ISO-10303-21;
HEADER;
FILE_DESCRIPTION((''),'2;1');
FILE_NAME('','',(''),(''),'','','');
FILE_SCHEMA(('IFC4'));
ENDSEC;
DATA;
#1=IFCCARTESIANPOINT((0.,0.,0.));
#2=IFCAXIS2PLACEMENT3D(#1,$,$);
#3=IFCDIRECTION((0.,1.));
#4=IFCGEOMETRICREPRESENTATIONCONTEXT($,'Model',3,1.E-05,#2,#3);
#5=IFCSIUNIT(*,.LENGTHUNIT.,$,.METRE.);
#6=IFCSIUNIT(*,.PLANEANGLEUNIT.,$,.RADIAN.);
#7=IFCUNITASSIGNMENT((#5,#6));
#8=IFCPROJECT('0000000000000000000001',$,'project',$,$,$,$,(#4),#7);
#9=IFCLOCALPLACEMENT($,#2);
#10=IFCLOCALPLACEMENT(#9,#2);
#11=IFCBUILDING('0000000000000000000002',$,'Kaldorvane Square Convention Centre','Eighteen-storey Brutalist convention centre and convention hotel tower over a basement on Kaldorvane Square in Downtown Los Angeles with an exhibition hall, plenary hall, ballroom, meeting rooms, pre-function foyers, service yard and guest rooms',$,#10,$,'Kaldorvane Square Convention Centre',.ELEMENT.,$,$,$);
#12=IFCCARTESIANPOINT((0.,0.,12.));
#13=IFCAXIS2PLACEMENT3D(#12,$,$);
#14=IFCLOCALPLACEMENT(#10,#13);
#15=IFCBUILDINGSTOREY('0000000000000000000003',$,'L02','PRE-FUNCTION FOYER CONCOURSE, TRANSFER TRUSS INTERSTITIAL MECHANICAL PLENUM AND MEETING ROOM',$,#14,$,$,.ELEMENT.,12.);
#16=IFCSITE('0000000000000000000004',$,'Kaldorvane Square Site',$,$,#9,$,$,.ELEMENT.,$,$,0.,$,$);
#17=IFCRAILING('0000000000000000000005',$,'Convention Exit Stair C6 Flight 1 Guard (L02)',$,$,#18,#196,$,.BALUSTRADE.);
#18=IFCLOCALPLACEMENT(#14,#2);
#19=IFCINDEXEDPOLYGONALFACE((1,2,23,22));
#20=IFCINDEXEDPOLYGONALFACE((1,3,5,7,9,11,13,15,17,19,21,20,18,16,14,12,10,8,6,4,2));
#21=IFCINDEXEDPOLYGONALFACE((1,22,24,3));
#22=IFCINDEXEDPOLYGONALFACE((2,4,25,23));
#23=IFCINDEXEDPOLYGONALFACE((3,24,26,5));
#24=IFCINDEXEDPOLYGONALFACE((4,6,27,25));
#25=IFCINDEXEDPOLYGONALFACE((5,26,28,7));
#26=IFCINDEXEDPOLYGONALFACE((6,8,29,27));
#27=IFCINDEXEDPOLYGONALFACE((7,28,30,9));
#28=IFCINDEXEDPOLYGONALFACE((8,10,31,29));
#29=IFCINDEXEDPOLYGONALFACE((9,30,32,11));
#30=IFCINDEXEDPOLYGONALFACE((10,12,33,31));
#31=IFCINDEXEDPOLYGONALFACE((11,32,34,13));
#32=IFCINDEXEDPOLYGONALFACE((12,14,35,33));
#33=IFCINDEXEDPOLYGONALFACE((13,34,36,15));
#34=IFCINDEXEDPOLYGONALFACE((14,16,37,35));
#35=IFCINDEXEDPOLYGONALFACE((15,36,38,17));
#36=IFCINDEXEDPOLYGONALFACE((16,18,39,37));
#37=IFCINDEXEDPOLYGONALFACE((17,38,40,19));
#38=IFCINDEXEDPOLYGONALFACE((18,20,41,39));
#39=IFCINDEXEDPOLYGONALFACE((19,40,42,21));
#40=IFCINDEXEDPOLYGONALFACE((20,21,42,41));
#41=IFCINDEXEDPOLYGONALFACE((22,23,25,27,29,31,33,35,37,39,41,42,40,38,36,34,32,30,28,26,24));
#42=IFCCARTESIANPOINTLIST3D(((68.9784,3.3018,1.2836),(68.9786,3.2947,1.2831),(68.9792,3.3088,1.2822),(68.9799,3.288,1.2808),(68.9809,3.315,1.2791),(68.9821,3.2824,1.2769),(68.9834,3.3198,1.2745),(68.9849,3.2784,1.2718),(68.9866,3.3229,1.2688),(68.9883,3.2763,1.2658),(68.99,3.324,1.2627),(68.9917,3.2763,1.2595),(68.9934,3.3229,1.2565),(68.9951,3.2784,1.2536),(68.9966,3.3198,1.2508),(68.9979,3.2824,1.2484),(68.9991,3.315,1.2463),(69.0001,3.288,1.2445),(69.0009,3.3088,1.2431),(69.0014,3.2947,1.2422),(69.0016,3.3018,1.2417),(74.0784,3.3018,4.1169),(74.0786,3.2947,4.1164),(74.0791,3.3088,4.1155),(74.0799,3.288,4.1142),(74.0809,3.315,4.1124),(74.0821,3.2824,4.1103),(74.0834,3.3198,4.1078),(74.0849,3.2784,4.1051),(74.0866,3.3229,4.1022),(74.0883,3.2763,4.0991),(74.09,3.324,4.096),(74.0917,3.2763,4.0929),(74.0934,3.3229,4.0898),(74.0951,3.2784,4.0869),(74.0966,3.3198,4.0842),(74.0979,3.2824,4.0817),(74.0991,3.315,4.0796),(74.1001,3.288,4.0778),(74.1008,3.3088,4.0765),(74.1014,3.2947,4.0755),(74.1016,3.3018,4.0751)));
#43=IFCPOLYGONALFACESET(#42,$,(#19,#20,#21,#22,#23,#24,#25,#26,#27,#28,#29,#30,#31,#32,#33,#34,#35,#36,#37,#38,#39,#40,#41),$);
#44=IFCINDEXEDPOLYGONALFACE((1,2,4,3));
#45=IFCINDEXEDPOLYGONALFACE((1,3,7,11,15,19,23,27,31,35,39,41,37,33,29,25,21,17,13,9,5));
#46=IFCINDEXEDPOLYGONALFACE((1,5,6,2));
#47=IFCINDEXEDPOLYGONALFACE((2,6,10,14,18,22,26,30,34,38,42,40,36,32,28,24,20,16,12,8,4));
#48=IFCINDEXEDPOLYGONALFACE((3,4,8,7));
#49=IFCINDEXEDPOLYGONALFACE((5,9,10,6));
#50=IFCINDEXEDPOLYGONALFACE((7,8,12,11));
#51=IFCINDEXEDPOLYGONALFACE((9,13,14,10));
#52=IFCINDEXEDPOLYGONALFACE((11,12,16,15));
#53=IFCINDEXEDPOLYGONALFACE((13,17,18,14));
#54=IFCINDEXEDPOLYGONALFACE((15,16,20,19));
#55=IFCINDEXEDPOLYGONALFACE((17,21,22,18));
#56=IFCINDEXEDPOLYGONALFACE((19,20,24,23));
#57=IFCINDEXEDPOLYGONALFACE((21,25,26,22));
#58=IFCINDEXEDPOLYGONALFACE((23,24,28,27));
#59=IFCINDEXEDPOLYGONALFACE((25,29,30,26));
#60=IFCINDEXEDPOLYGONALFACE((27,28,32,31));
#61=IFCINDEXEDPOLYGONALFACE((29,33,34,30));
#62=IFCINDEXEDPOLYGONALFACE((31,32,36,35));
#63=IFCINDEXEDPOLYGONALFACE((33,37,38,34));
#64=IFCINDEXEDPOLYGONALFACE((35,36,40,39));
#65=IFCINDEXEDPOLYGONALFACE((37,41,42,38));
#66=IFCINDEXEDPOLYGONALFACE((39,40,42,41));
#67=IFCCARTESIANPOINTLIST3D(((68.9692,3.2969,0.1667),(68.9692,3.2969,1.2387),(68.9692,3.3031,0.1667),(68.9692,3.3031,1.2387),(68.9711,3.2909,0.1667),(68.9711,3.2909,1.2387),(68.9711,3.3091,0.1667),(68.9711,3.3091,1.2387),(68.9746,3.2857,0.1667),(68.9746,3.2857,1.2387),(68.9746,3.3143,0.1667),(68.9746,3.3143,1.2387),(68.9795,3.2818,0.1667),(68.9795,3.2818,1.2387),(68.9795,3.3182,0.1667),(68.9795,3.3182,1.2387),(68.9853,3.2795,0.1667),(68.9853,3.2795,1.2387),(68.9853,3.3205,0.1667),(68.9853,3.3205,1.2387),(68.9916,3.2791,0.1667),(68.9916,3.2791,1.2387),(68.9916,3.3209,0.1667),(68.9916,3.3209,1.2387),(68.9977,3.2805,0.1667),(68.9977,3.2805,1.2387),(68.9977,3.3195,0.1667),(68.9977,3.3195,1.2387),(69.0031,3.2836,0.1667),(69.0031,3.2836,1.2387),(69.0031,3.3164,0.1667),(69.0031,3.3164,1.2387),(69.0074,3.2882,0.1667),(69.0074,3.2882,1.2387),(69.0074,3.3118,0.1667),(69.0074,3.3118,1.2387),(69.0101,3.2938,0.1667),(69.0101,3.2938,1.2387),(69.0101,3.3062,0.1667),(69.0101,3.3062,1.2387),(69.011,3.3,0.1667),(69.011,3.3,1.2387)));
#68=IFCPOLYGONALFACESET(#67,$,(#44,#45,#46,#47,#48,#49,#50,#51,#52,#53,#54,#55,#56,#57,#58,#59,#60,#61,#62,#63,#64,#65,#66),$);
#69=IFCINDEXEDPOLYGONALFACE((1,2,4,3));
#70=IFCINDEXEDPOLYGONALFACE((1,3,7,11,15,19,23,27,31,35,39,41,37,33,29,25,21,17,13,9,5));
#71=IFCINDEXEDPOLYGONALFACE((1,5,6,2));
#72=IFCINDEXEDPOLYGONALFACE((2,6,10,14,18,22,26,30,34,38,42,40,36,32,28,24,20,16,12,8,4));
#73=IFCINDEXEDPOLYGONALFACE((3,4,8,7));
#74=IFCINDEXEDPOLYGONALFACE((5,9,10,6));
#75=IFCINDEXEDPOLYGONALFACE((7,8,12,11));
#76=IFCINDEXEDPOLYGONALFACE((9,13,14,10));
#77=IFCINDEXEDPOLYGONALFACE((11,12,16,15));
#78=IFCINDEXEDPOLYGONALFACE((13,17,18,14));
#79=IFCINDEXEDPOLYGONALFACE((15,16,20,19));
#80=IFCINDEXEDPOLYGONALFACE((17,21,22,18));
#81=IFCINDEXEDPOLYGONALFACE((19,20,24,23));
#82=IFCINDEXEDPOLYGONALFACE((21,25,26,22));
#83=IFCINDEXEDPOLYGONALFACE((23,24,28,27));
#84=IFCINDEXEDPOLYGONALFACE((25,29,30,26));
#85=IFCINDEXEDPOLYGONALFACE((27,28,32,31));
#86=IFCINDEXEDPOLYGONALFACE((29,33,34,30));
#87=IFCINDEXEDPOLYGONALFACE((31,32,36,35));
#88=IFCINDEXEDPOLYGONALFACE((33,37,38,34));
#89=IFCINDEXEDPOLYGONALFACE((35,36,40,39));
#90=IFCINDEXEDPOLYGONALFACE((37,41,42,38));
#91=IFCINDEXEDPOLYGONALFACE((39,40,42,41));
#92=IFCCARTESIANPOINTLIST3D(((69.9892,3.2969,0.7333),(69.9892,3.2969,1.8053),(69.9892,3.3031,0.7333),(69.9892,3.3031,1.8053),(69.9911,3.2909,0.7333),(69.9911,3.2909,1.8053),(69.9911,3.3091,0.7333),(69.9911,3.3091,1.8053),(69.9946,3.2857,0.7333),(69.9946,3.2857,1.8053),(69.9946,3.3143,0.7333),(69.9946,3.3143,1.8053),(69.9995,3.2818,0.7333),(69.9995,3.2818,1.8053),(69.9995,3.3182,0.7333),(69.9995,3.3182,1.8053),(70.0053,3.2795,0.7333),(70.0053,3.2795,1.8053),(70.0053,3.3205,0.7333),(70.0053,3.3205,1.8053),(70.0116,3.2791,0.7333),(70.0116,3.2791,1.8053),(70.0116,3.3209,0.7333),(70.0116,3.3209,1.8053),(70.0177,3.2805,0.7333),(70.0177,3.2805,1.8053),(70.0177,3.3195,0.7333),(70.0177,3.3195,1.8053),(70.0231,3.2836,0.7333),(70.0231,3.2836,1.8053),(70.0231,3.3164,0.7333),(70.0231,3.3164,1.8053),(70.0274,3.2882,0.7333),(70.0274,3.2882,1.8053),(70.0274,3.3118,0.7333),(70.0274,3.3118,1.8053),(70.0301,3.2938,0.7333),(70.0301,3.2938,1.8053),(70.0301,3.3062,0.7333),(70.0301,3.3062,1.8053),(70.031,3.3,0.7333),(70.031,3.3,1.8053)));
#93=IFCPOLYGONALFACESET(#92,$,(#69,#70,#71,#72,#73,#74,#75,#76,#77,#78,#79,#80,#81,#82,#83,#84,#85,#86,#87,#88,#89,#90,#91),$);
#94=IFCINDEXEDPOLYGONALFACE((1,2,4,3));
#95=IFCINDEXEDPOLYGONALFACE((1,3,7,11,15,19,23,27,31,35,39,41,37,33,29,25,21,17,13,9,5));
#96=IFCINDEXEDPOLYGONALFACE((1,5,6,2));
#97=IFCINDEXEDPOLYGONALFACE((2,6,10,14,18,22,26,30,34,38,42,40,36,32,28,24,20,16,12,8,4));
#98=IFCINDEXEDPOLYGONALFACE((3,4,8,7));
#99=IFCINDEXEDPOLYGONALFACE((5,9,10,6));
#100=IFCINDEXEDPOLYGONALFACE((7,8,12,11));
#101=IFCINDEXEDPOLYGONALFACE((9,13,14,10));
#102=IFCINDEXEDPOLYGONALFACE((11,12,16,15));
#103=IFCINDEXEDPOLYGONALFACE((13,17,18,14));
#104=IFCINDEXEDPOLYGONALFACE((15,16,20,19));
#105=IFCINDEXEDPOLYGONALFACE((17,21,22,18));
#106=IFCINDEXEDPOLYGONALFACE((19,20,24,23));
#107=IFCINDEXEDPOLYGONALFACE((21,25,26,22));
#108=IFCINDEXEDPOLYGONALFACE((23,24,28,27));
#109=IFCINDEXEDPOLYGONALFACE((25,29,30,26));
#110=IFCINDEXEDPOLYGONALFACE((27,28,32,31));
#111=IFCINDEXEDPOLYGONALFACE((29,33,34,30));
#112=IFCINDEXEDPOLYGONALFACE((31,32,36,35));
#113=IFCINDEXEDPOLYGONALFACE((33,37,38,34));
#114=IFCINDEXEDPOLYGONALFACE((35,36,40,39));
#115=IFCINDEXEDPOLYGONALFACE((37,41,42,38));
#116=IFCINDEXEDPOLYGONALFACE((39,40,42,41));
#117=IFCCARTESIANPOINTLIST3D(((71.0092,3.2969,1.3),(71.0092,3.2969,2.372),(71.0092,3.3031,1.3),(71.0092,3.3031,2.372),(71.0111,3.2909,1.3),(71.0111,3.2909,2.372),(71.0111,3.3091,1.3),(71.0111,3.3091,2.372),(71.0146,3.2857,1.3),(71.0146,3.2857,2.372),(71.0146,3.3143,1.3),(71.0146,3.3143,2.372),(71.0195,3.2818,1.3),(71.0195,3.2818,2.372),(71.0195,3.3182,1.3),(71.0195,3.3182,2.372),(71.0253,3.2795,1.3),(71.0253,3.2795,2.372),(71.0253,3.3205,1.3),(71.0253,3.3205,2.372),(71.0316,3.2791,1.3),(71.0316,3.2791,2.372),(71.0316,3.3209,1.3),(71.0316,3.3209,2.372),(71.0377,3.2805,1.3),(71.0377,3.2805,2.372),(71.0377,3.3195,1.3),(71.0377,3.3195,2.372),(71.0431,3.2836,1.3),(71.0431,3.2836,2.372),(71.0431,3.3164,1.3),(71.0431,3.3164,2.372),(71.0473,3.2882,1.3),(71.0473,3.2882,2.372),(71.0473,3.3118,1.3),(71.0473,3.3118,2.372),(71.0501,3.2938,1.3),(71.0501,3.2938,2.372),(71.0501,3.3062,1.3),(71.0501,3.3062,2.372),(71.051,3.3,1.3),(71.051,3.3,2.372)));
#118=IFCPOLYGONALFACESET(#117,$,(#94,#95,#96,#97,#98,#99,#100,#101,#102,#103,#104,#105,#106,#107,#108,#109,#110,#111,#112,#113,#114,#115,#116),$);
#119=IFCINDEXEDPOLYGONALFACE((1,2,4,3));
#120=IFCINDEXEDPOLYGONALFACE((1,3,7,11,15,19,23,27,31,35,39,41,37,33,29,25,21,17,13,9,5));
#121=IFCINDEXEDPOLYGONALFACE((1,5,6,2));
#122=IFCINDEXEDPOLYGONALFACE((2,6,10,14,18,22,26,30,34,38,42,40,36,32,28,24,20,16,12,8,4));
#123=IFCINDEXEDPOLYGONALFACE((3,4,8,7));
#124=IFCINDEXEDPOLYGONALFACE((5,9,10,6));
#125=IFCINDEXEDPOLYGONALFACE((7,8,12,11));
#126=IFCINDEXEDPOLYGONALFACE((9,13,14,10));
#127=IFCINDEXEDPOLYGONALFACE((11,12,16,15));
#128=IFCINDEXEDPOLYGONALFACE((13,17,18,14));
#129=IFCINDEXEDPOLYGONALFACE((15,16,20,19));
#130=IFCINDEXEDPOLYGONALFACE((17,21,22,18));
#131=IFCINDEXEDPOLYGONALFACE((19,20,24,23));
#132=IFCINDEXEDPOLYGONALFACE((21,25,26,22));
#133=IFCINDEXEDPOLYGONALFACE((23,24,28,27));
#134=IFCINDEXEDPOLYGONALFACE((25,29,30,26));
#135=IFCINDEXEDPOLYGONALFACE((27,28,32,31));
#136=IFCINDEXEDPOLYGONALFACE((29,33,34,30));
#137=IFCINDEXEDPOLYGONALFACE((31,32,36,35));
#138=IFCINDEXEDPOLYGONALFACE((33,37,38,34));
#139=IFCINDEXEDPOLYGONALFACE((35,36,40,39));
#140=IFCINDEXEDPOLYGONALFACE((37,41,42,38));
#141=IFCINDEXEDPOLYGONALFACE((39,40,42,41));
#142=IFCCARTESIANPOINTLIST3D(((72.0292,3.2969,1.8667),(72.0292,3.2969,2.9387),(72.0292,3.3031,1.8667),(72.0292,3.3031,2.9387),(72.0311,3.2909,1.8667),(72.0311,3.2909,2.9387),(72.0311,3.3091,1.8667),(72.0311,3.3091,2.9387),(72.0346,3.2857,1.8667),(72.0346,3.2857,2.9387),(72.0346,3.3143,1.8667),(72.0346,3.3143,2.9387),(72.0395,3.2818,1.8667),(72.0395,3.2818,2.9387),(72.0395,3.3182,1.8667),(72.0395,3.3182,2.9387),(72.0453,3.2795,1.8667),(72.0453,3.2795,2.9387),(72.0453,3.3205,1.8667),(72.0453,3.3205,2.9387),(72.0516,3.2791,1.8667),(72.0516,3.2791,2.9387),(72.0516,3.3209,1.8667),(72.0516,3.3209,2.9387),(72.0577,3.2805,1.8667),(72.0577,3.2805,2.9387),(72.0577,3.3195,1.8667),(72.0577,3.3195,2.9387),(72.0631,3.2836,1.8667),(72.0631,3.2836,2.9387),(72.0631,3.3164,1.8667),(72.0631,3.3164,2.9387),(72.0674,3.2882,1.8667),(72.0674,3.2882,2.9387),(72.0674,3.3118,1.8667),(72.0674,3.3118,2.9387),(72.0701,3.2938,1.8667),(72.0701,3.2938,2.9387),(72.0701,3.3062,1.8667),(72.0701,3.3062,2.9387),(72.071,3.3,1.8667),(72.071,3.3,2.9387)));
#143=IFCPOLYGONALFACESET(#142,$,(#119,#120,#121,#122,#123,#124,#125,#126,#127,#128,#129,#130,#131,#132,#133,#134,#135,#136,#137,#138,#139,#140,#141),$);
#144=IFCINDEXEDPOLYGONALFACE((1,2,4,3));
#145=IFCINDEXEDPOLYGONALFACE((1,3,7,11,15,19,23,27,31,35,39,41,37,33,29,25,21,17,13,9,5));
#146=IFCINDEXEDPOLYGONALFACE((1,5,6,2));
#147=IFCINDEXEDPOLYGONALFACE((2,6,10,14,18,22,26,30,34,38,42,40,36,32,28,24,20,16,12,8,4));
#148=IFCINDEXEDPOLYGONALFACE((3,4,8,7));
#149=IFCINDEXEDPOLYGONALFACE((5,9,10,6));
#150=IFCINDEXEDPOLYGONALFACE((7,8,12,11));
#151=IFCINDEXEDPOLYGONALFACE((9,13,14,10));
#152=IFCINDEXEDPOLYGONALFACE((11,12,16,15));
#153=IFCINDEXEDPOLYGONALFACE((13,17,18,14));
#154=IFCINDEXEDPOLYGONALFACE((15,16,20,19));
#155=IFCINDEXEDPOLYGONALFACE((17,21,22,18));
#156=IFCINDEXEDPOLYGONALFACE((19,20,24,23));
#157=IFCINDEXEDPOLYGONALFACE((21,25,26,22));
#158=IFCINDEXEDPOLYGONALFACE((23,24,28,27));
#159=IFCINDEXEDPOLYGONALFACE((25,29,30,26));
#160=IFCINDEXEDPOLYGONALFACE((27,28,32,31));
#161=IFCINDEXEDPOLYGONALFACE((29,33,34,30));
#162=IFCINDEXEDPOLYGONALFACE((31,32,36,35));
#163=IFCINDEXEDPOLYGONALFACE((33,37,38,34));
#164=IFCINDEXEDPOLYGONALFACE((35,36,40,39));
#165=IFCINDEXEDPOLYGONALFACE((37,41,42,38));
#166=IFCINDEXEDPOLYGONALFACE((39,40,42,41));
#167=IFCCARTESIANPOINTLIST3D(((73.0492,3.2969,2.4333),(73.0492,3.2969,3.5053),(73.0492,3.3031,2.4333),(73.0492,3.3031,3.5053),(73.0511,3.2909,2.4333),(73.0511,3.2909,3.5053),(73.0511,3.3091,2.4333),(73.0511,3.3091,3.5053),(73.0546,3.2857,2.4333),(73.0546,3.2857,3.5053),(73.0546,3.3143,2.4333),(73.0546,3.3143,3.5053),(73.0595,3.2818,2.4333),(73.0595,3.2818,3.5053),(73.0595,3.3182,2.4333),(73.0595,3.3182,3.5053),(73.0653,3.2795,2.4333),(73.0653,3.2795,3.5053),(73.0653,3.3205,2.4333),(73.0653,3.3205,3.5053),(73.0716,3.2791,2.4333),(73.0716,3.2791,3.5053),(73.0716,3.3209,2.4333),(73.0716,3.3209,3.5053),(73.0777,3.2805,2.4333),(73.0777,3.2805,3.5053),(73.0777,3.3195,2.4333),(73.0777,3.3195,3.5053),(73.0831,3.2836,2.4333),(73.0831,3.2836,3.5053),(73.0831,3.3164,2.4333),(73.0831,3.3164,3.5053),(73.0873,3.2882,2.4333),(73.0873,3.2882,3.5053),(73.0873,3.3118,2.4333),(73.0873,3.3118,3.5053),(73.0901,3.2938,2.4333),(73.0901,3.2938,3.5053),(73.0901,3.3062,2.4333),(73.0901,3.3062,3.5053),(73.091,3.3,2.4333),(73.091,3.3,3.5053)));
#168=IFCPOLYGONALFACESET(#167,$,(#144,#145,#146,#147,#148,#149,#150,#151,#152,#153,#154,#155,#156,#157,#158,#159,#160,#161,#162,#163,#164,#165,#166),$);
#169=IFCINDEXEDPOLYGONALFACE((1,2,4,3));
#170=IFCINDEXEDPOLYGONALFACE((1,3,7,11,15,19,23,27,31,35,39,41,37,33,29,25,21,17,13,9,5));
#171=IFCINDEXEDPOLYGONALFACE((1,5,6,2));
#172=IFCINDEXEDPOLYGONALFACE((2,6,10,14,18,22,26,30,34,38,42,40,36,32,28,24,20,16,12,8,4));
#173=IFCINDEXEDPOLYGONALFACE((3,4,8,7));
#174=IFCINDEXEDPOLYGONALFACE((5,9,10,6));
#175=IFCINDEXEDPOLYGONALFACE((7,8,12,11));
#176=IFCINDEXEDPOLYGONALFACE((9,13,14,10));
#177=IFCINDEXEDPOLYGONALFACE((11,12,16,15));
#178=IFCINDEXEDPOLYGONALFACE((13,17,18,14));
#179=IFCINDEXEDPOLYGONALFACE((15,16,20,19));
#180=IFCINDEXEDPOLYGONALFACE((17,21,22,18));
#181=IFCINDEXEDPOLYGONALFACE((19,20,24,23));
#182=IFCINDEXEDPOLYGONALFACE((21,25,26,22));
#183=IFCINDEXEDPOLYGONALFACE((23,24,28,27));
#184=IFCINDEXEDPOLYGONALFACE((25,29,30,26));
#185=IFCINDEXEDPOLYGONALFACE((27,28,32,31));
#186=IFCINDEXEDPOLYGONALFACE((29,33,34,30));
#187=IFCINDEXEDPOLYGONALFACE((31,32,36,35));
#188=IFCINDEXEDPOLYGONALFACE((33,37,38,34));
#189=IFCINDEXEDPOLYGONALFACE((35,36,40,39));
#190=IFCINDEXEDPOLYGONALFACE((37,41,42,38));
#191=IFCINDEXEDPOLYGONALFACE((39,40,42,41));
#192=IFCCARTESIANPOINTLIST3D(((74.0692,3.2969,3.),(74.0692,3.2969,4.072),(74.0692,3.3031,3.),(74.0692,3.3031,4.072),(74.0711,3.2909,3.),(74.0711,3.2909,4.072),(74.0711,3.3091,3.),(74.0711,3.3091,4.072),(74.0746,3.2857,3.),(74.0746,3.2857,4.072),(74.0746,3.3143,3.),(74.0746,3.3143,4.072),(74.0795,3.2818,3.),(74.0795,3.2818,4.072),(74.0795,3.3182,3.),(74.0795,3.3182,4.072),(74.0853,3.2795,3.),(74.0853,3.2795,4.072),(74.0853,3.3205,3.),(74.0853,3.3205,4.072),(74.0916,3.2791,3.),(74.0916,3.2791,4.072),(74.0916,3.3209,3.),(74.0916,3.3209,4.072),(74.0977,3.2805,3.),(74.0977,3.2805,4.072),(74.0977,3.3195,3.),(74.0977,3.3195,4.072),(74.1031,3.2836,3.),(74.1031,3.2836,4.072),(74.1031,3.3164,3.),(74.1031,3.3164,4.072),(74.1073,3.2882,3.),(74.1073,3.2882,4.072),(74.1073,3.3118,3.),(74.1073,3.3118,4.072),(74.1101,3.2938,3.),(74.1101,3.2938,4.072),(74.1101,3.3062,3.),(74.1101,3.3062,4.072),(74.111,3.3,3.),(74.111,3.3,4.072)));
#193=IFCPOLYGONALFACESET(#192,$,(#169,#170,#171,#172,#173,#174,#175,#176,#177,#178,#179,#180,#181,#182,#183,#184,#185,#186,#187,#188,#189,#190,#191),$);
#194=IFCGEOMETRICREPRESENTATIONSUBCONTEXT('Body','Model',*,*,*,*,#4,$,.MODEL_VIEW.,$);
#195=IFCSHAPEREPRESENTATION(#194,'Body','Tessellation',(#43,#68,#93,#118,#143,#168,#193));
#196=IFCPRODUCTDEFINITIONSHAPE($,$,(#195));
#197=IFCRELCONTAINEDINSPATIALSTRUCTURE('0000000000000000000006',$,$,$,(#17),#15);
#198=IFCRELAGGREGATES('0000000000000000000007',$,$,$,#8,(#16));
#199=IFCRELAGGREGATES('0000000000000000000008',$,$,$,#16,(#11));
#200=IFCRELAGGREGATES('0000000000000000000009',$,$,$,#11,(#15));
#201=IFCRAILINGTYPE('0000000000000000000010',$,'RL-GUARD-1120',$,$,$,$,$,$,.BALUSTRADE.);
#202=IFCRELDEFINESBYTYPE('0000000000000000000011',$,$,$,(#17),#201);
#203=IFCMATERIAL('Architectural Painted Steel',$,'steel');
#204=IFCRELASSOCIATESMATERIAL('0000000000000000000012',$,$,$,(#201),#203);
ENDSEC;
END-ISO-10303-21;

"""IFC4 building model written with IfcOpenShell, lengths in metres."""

from ifc_helpers import new_model, si_unit, direction, frame, origin, origin_2d, place, context, subcontext, project, spatial, circle, extrude, material, type_object, element, save


model = new_model("IFC4")

# Units and contexts
model_context = context("Model", 3, precision=1e-05, world=origin(), true_north=direction((0.0, 1.0)))
body_context = subcontext(model_context, "Body", "Model", "MODEL_VIEW")
ifc_project = project(units=[si_unit("LENGTHUNIT", "METRE"), si_unit("PLANEANGLEUNIT", "RADIAN")], contexts=[model_context])

# Site, building, storey
site_placement = place(None, origin())
site = spatial("IfcSite", under=ifc_project, at=site_placement, Name="Kaldorvane Square Site", CompositionType="ELEMENT", RefElevation=0.0)
building_placement = place(site_placement, origin())
building = spatial("IfcBuilding", under=site, at=building_placement, Name="Kaldorvane Square Convention Centre", Description="Eighteen-storey Brutalist convention centre and convention hotel tower over a basement on Kaldorvane Square in Downtown Los Angeles with an exhibition hall, plenary hall, ballroom, meeting rooms, pre-function foyers, service yard and guest rooms", LongName="Kaldorvane Square Convention Centre", CompositionType="ELEMENT")
storey_placement = place(building_placement, frame((0.0, 0.0, 12.0)))
storey = spatial("IfcBuildingStorey", under=building, at=storey_placement, Name="L02", Description="PRE-FUNCTION FOYER CONCOURSE, TRANSFER TRUSS INTERSTITIAL MECHANICAL PLENUM AND MEETING ROOM", CompositionType="ELEMENT", Elevation=12.0)

# Railing
ifc_material_1 = material(Name="Architectural Painted Steel", Category="steel")
railing_type_1 = type_object("IfcRailingType", Name="RL-GUARD-1120", PredefinedType="BALUSTRADE", material=ifc_material_1)
railing_1_placement = place(storey_placement, frame((68.99, 3.3, 0.1667)))
element("IfcRailing", 1, at=railing_1_placement, inside=storey, type_object=railing_type_1, Name="Convention Exit Stair C6 Flight 1 Guard (L02)", PredefinedType="BALUSTRADE", context=body_context, shape_type="SweptSolid", body=[
    extrude(circle(Radius=0.024, at=origin_2d()), frame((0.0, 0.0, 1.096), z_axis=(0.874157, 0.0, 0.485643), x_axis=(0.0, 1.0, 0.0)), (0.0, 0.0, 1.0), 5.8342),
    extrude(circle(Radius=0.021, at=origin_2d()), origin(), (0.0, 0.0, 1.0), 1.072),
    extrude(circle(Radius=0.021, at=origin_2d()), frame((1.02, 0.0, 0.5667)), (0.0, 0.0, 1.0), 1.072),
    extrude(circle(Radius=0.021, at=origin_2d()), frame((2.04, 0.0, 1.1333)), (0.0, 0.0, 1.0), 1.072),
    extrude(circle(Radius=0.021, at=origin_2d()), frame((3.06, 0.0, 1.7)), (0.0, 0.0, 1.0), 1.072),
    extrude(circle(Radius=0.021, at=origin_2d()), frame((4.08, 0.0, 2.2667)), (0.0, 0.0, 1.0), 1.072),
    extrude(circle(Radius=0.021, at=origin_2d()), frame((5.1, 0.0, 2.8333)), (0.0, 0.0, 1.0), 1.072),
])

save(model, "model.ifc")
